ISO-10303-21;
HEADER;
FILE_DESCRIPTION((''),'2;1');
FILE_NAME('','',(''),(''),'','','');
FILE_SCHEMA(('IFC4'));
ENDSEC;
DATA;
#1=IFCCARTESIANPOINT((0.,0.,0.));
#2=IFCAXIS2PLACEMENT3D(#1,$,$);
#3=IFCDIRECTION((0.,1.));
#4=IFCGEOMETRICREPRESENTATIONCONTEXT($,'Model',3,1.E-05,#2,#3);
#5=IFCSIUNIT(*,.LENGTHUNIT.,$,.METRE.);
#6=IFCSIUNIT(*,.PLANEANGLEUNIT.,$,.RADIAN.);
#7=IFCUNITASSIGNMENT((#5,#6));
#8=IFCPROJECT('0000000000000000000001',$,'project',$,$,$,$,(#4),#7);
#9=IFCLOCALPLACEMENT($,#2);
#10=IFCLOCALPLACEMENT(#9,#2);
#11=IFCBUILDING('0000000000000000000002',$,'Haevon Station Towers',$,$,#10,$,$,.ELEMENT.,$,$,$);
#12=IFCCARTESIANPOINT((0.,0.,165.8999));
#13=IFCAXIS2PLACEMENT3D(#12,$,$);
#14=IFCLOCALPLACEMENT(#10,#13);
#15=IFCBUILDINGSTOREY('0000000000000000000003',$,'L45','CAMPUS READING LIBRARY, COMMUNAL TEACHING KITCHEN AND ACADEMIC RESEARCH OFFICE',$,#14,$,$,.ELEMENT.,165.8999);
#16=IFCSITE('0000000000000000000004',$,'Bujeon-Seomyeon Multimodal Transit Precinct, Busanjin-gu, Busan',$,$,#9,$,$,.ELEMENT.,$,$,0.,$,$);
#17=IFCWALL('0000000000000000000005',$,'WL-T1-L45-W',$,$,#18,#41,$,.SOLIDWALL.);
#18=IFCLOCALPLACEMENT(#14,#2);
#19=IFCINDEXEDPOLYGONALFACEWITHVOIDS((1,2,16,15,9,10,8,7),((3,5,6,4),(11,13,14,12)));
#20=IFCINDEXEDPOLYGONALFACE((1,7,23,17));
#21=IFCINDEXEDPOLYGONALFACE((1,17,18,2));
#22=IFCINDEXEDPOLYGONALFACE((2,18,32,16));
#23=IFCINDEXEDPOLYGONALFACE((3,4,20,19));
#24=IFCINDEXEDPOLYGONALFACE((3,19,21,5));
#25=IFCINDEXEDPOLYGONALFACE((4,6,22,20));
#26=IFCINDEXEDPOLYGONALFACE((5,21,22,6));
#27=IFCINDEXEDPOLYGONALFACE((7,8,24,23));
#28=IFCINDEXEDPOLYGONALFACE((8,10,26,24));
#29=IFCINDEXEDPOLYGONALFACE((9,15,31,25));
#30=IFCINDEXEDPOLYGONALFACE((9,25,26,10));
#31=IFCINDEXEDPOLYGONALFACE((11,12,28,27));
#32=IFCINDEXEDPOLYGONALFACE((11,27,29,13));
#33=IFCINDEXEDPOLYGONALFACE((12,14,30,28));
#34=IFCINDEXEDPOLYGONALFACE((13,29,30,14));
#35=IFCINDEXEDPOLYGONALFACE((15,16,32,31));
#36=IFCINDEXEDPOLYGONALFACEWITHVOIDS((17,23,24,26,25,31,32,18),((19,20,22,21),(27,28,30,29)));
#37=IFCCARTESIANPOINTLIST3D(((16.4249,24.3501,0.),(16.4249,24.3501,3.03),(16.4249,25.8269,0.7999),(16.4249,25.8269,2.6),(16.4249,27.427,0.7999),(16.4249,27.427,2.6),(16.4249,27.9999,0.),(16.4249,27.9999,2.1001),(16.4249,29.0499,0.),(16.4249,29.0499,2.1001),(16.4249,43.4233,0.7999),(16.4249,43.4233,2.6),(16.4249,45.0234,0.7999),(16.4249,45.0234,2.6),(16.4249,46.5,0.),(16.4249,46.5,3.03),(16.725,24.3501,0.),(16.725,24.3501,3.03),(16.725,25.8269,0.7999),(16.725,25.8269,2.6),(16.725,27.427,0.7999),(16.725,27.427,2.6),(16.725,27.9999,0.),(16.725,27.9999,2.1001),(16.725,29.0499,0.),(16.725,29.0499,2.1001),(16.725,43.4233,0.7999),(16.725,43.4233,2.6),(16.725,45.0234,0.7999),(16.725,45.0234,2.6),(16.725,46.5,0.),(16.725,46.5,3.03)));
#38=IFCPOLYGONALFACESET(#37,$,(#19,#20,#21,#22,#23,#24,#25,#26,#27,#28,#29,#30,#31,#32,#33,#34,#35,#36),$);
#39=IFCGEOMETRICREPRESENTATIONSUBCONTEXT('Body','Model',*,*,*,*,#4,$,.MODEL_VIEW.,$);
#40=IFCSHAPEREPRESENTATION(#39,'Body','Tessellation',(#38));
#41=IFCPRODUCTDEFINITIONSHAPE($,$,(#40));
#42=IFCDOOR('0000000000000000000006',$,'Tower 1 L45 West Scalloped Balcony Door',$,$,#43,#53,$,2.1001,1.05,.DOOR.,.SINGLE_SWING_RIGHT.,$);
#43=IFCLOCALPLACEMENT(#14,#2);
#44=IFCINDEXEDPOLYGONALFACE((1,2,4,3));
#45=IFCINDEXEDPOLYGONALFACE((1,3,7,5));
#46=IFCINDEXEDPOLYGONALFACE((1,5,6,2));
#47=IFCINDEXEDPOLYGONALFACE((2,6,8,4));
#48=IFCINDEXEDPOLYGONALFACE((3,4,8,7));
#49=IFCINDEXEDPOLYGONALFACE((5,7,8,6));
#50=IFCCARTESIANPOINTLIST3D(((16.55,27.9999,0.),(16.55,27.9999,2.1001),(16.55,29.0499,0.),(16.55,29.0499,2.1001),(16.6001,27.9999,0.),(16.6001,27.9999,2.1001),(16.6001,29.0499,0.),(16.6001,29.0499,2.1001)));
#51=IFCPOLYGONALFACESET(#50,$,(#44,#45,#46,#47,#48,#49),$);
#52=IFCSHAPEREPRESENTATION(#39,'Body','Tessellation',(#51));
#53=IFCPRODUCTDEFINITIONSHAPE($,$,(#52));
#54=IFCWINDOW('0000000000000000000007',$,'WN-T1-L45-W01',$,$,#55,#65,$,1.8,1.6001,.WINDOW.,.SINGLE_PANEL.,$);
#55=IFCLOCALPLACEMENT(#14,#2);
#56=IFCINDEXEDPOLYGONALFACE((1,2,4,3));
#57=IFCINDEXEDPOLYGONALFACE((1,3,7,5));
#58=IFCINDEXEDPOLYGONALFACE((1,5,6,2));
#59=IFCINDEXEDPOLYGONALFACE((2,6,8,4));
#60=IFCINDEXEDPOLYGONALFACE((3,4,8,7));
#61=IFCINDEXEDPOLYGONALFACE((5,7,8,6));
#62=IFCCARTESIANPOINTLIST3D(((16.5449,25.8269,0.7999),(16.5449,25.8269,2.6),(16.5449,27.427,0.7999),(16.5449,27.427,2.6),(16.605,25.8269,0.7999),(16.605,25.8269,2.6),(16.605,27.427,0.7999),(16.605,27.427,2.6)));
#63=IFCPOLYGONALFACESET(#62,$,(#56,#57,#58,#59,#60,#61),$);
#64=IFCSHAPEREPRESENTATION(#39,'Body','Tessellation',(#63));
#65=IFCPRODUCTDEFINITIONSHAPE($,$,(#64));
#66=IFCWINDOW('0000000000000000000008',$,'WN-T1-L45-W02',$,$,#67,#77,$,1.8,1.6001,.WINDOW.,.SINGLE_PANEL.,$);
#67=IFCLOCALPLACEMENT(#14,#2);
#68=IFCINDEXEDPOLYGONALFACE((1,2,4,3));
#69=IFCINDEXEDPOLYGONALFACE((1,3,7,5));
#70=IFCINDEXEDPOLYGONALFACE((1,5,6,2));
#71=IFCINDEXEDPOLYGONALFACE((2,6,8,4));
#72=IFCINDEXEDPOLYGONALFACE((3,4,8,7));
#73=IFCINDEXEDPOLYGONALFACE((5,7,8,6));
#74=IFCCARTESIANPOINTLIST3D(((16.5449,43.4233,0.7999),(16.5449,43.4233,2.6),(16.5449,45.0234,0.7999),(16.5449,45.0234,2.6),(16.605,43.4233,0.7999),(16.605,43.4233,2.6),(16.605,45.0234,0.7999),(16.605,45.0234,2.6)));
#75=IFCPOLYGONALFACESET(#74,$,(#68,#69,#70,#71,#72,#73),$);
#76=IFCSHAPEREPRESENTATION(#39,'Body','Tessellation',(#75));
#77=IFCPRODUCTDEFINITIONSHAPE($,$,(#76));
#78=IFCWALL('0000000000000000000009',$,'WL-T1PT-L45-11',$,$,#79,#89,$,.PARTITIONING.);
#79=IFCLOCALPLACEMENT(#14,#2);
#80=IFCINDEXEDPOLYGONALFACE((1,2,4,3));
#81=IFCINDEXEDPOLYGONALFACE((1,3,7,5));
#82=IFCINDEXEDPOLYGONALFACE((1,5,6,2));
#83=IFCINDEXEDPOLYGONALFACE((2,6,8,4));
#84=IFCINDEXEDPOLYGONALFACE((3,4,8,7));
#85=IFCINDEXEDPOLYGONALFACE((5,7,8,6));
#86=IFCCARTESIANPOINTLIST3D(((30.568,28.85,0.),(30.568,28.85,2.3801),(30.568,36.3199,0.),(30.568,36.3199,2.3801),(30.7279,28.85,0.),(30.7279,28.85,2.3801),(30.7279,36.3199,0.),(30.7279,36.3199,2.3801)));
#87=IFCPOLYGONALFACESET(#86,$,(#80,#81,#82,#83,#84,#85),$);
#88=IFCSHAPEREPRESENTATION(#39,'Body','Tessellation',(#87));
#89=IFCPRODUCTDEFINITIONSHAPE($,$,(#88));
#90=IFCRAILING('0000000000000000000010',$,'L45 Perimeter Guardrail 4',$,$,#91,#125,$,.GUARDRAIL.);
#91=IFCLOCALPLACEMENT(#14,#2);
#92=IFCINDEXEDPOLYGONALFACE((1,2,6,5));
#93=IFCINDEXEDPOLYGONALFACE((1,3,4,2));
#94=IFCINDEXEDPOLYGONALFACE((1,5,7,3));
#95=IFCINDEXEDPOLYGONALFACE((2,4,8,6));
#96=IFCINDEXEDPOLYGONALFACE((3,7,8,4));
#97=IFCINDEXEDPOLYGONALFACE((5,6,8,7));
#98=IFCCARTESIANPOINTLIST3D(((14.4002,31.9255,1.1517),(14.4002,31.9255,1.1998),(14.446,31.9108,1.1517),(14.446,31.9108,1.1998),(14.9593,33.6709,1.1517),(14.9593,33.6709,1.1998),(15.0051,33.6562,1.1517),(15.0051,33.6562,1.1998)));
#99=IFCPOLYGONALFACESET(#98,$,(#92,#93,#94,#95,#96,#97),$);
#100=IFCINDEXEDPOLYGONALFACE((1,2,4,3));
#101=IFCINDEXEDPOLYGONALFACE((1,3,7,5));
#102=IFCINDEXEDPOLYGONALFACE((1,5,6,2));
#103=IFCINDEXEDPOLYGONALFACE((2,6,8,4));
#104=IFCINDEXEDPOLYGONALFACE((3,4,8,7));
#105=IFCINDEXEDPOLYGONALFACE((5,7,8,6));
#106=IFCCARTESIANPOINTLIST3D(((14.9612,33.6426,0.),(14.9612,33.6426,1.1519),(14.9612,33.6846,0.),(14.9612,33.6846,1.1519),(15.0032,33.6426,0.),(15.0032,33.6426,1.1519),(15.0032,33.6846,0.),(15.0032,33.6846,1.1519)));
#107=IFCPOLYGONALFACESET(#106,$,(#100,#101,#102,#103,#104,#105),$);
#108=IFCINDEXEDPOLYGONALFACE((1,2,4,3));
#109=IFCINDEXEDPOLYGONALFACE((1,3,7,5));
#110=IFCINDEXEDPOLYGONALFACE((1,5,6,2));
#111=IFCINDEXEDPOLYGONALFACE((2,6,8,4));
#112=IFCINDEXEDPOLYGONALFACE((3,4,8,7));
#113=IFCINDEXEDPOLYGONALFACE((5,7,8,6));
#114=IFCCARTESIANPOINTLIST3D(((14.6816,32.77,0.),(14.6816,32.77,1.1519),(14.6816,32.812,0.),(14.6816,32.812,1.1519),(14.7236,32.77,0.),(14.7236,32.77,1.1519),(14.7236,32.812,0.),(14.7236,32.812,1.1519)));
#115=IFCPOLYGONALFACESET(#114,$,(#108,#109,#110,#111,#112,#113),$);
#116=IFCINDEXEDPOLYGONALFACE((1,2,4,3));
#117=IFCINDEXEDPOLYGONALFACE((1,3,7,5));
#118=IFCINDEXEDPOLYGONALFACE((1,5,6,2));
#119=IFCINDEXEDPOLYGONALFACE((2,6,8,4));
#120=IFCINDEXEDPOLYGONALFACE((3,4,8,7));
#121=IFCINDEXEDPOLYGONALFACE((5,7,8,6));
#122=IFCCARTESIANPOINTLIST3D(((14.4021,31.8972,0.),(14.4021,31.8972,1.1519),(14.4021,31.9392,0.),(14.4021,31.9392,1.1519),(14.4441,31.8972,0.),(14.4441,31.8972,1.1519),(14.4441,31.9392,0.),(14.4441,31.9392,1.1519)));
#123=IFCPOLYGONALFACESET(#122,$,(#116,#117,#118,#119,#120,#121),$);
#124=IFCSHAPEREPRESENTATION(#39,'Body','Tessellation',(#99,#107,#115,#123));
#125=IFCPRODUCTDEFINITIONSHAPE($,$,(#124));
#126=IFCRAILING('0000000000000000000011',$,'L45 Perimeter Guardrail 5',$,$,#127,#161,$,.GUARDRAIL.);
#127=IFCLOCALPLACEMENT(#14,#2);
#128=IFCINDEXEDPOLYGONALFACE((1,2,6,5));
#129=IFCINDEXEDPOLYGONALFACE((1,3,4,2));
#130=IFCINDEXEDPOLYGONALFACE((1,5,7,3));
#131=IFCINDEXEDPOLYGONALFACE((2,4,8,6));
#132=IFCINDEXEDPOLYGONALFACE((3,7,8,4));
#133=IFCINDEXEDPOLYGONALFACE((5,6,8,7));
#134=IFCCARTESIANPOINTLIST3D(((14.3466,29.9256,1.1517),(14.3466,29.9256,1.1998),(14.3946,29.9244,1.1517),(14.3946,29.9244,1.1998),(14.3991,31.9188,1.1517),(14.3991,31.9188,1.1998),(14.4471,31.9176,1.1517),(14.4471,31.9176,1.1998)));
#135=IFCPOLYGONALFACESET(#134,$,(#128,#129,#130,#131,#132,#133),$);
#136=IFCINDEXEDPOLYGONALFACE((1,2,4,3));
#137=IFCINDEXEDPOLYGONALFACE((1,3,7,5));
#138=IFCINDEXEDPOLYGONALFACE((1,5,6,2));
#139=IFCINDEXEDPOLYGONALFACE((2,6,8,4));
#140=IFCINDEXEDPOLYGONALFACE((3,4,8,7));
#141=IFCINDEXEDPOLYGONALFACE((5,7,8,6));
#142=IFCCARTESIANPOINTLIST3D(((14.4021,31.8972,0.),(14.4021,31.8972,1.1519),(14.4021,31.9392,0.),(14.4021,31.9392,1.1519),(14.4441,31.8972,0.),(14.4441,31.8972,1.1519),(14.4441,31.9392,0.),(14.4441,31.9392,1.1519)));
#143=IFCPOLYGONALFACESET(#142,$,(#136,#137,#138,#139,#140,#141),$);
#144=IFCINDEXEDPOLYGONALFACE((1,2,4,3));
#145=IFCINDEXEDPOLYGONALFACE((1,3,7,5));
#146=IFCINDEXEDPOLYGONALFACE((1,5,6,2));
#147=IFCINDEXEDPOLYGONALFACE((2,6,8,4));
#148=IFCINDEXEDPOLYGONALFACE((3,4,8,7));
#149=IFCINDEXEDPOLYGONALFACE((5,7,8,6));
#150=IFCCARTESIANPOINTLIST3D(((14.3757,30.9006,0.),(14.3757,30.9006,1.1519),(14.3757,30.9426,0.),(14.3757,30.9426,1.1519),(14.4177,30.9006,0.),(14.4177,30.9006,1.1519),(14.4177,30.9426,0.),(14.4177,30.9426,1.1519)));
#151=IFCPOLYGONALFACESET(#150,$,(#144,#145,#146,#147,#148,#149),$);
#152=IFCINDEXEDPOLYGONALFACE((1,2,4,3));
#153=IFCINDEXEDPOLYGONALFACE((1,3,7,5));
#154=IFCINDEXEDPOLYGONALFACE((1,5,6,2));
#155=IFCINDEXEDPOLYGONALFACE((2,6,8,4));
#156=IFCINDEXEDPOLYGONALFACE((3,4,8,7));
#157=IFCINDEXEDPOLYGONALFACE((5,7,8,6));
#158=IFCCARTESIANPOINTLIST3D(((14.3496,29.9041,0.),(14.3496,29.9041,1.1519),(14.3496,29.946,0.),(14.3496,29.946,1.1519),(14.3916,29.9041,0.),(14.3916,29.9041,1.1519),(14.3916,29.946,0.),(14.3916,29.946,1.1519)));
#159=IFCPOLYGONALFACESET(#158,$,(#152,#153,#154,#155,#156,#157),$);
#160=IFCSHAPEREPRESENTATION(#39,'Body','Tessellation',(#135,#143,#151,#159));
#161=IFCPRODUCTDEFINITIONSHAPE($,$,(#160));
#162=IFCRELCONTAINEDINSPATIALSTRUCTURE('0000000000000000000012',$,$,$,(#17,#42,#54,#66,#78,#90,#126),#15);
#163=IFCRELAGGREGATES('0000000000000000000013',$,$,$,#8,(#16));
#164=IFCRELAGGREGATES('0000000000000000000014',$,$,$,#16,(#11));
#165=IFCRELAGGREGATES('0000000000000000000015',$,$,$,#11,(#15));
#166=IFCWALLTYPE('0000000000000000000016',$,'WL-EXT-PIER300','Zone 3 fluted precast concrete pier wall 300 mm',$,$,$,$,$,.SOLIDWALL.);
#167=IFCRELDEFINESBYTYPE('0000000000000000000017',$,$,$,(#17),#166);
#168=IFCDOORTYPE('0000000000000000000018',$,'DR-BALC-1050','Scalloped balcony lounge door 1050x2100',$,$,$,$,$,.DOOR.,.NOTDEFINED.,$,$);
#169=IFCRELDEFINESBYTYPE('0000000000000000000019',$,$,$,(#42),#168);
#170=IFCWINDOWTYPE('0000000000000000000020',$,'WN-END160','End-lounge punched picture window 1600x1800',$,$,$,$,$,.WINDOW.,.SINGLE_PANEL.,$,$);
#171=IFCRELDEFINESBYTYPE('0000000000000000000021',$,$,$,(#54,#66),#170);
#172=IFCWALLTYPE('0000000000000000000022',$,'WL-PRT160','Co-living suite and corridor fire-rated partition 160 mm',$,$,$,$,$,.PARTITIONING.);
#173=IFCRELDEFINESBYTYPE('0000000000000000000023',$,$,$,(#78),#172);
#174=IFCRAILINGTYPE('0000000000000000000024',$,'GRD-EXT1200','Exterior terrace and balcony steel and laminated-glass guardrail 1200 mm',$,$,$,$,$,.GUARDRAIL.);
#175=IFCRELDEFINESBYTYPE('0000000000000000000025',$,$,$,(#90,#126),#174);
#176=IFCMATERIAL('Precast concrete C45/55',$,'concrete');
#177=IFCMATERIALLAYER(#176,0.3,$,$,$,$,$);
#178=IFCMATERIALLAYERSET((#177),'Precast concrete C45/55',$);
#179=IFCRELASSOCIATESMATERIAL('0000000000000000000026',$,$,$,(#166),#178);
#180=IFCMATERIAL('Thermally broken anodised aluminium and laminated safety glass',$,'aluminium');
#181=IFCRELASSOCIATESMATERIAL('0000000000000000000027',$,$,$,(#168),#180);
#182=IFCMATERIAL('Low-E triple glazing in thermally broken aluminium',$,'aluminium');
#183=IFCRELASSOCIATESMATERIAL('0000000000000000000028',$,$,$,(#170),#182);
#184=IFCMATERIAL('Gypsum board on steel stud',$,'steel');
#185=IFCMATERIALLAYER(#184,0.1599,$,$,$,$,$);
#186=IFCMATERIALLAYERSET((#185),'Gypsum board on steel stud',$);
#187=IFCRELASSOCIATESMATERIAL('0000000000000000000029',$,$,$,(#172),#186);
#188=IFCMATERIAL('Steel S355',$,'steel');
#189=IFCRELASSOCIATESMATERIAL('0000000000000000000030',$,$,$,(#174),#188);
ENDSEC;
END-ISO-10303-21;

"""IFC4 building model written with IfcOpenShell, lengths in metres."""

from ifc_helpers import new_model, si_unit, direction, frame, frame_2d, origin, origin_2d, place, context, subcontext, project, spatial, rectangle, extrude, material, layer, layer_set, type_object, element, fill, save


model = new_model("IFC4")

# Units and contexts
model_context = context("Model", 3, precision=1e-05, world=origin(), true_north=direction((0.0, 1.0)))
body_context = subcontext(model_context, "Body", "Model", "MODEL_VIEW")
ifc_project = project(units=[si_unit("LENGTHUNIT", "METRE"), si_unit("PLANEANGLEUNIT", "RADIAN")], contexts=[model_context])

# Site, building, storey
site_placement = place(None, origin())
site = spatial("IfcSite", under=ifc_project, at=site_placement, Name="Bujeon-Seomyeon Multimodal Transit Precinct, Busanjin-gu, Busan", CompositionType="ELEMENT", RefElevation=0.0)
building_placement = place(site_placement, origin())
building = spatial("IfcBuilding", under=site, at=building_placement, Name="Haevon Station Towers", CompositionType="ELEMENT")
storey_placement = place(building_placement, frame((0.0, 0.0, 165.8999)))
storey = spatial("IfcBuildingStorey", under=building, at=storey_placement, Name="L45", Description="CAMPUS READING LIBRARY, COMMUNAL TEACHING KITCHEN AND ACADEMIC RESEARCH OFFICE", CompositionType="ELEMENT", Elevation=165.8999)

# Shared definitions
ifc_material_1 = material(Name="Steel S355", Category="steel")

# Wall, openings, door, windows
ifc_material_2 = material(Name="Precast concrete C45/55", Category="concrete")
ifc_layer_1 = layer(ifc_material_2, 0.3)
ifc_layer_set_1 = layer_set([ifc_layer_1], Name="Precast concrete C45/55")
wall_type_1 = type_object("IfcWallType", Name="WL-EXT-PIER300", Description="Zone 3 fluted precast concrete pier wall 300 mm", PredefinedType="SOLIDWALL", material=ifc_layer_set_1)
wall_1_placement = place(storey_placement, frame((16.575, 24.3501, 0.0), z_axis=(0.0, 0.0, 1.0), x_axis=(0.0, 1.0, 0.0)))
wall_1 = element("IfcWall", 1, at=wall_1_placement, inside=storey, type_object=wall_type_1, Name="WL-T1-L45-W", PredefinedType="SOLIDWALL", context=body_context, shape_type="SweptSolid", body=[
    extrude(rectangle(XDim=22.1499, YDim=0.3, at=frame_2d((11.075, 0.0))), origin(), (0.0, 0.0, 1.0), 3.03),
])
opening_1_placement = place(wall_1_placement, frame((3.6499, 0.0, 0.0)))
opening_1 = element("IfcOpeningElement", 2, at=opening_1_placement, cuts=wall_1, PredefinedType="OPENING", context=body_context, shape_type="SweptSolid", body=[
    extrude(rectangle(XDim=1.05, YDim=2.1001, at=frame_2d((0.5249, 1.05))), frame((0.0, 0.1599, 0.0), z_axis=(0.0, -1.0, 0.0), x_axis=(1.0, 0.0, 0.0)), (0.0, 0.0, 1.0), 0.3201),
])
opening_2_placement = place(wall_1_placement, frame((1.4768, 0.0, 0.8)))
opening_2 = element("IfcOpeningElement", 3, at=opening_2_placement, cuts=wall_1, PredefinedType="OPENING", context=body_context, shape_type="SweptSolid", body=[
    extrude(rectangle(XDim=1.6001, YDim=1.8, at=frame_2d((0.8, 0.8999))), frame((0.0, 0.1599, 0.0), z_axis=(0.0, -1.0, 0.0), x_axis=(1.0, 0.0, 0.0)), (0.0, 0.0, 1.0), 0.3201),
])
opening_3_placement = place(wall_1_placement, frame((19.0732, 0.0, 0.8)))
opening_3 = element("IfcOpeningElement", 4, at=opening_3_placement, cuts=wall_1, PredefinedType="OPENING", context=body_context, shape_type="SweptSolid", body=[
    extrude(rectangle(XDim=1.6001, YDim=1.8, at=frame_2d((0.8, 0.8999))), frame((0.0, 0.1599, 0.0), z_axis=(0.0, -1.0, 0.0), x_axis=(1.0, 0.0, 0.0)), (0.0, 0.0, 1.0), 0.3201),
])
ifc_material_3 = material(Name="Thermally broken anodised aluminium and laminated safety glass", Category="aluminium")
door_type = type_object("IfcDoorType", Name="DR-BALC-1050", Description="Scalloped balcony lounge door 1050x2100", OperationType="NOTDEFINED", PredefinedType="DOOR", material=ifc_material_3)
door_placement = place(opening_1_placement, origin())
door = element("IfcDoor", 5, at=door_placement, inside=storey, type_object=door_type, Name="Tower 1 L45 West Scalloped Balcony Door", OperationType="SINGLE_SWING_RIGHT", OverallHeight=2.1001, OverallWidth=1.05, PredefinedType="DOOR", context=body_context, shape_type="SweptSolid", body=[
    extrude(rectangle(XDim=1.05, YDim=2.1001, at=frame_2d((0.5249, 1.05))), frame((0.0, 0.0249, 0.0), z_axis=(0.0, -1.0, 0.0), x_axis=(1.0, 0.0, 0.0)), (0.0, 0.0, 1.0), 0.05),
])
fill(opening_1, door)
ifc_material_4 = material(Name="Low-E triple glazing in thermally broken aluminium", Category="aluminium")
window_type = type_object("IfcWindowType", Name="WN-END160", Description="End-lounge punched picture window 1600x1800", PartitioningType="SINGLE_PANEL", PredefinedType="WINDOW", material=ifc_material_4)
window_1_placement = place(opening_2_placement, origin())
window_1 = element("IfcWindow", 6, at=window_1_placement, inside=storey, type_object=window_type, Name="WN-T1-L45-W01", OverallHeight=1.8, OverallWidth=1.6001, PartitioningType="SINGLE_PANEL", PredefinedType="WINDOW", context=body_context, shape_type="SweptSolid", body=[
    extrude(rectangle(XDim=1.6001, YDim=1.8, at=frame_2d((0.8, 0.8999))), frame((0.0, 0.03, 0.0), z_axis=(0.0, -1.0, 0.0), x_axis=(1.0, 0.0, 0.0)), (0.0, 0.0, 1.0), 0.0601),
])
fill(opening_2, window_1)
window_2_placement = place(opening_3_placement, origin())
window_2 = element("IfcWindow", 7, at=window_2_placement, inside=storey, type_object=window_type, Name="WN-T1-L45-W02", OverallHeight=1.8, OverallWidth=1.6001, PartitioningType="SINGLE_PANEL", PredefinedType="WINDOW", context=body_context, shape_type="SweptSolid", body=[
    extrude(rectangle(XDim=1.6001, YDim=1.8, at=frame_2d((0.8, 0.8999))), frame((0.0, 0.03, 0.0), z_axis=(0.0, -1.0, 0.0), x_axis=(1.0, 0.0, 0.0)), (0.0, 0.0, 1.0), 0.0601),
])
fill(opening_3, window_2)

# Wall
ifc_material_5 = material(Name="Gypsum board on steel stud", Category="steel")
ifc_layer_2 = layer(ifc_material_5, 0.1599)
ifc_layer_set_2 = layer_set([ifc_layer_2], Name="Gypsum board on steel stud")
wall_type_2 = type_object("IfcWallType", Name="WL-PRT160", Description="Co-living suite and corridor fire-rated partition 160 mm", PredefinedType="PARTITIONING", material=ifc_layer_set_2)
wall_2_placement = place(storey_placement, frame((30.6479, 28.8501, 0.0), z_axis=(0.0, 0.0, 1.0), x_axis=(0.0, 1.0, 0.0)))
element("IfcWall", 8, at=wall_2_placement, inside=storey, type_object=wall_type_2, Name="WL-T1PT-L45-11", PredefinedType="PARTITIONING", context=body_context, shape_type="SweptSolid", body=[
    extrude(rectangle(XDim=7.47, YDim=0.1599, at=frame_2d((3.7349, 0.0))), origin(), (0.0, 0.0, 1.0), 2.3801),
])

# Railings
railing_type = type_object("IfcRailingType", Name="GRD-EXT1200", Description="Exterior terrace and balcony steel and laminated-glass guardrail 1200 mm", PredefinedType="GUARDRAIL", material=ifc_material_1)
railing_1_placement = place(storey_placement, frame((14.9822, 33.6636, 0.0)))
element("IfcRailing", 9, at=railing_1_placement, inside=storey, type_object=railing_type, Name="L45 Perimeter Guardrail 4", PredefinedType="GUARDRAIL", context=body_context, shape_type="SweptSolid", body=[
    extrude(rectangle(XDim=0.0481, YDim=0.0481, at=origin_2d()), frame((0.0, 0.0, 1.1758), z_axis=(-0.305056, -0.952334, 0.0), x_axis=(0.952334, -0.305056, 0.0)), (0.0, 0.0, 1.0), 1.8328),
    extrude(rectangle(XDim=0.042, YDim=0.042, at=origin_2d()), origin(), (0.0, 0.0, 1.0), 1.1519),
    extrude(rectangle(XDim=0.042, YDim=0.042, at=origin_2d()), frame((-0.2795, -0.8726, 0.0)), (0.0, 0.0, 1.0), 1.1519),
    extrude(rectangle(XDim=0.042, YDim=0.042, at=origin_2d()), frame((-0.5591, -1.7454, 0.0)), (0.0, 0.0, 1.0), 1.1519),
])
railing_2_placement = place(storey_placement, frame((14.4231, 31.9182, 0.0)))
element("IfcRailing", 10, at=railing_2_placement, inside=storey, type_object=railing_type, Name="L45 Perimeter Guardrail 5", PredefinedType="GUARDRAIL", context=body_context, shape_type="SweptSolid", body=[
    extrude(rectangle(XDim=0.0481, YDim=0.0481, at=origin_2d()), frame((0.0, 0.0, 1.1758), z_axis=(-0.026326, -0.999653, 0.0), x_axis=(0.999653, -0.026326, 0.0)), (0.0, 0.0, 1.0), 1.9939),
    extrude(rectangle(XDim=0.042, YDim=0.042, at=origin_2d()), origin(), (0.0, 0.0, 1.0), 1.1519),
    extrude(rectangle(XDim=0.042, YDim=0.042, at=origin_2d()), frame((-0.0264, -0.9966, 0.0)), (0.0, 0.0, 1.0), 1.1519),
    extrude(rectangle(XDim=0.042, YDim=0.042, at=origin_2d()), frame((-0.0525, -1.9932, 0.0)), (0.0, 0.0, 1.0), 1.1519),
])

save(model, "model.ifc")
